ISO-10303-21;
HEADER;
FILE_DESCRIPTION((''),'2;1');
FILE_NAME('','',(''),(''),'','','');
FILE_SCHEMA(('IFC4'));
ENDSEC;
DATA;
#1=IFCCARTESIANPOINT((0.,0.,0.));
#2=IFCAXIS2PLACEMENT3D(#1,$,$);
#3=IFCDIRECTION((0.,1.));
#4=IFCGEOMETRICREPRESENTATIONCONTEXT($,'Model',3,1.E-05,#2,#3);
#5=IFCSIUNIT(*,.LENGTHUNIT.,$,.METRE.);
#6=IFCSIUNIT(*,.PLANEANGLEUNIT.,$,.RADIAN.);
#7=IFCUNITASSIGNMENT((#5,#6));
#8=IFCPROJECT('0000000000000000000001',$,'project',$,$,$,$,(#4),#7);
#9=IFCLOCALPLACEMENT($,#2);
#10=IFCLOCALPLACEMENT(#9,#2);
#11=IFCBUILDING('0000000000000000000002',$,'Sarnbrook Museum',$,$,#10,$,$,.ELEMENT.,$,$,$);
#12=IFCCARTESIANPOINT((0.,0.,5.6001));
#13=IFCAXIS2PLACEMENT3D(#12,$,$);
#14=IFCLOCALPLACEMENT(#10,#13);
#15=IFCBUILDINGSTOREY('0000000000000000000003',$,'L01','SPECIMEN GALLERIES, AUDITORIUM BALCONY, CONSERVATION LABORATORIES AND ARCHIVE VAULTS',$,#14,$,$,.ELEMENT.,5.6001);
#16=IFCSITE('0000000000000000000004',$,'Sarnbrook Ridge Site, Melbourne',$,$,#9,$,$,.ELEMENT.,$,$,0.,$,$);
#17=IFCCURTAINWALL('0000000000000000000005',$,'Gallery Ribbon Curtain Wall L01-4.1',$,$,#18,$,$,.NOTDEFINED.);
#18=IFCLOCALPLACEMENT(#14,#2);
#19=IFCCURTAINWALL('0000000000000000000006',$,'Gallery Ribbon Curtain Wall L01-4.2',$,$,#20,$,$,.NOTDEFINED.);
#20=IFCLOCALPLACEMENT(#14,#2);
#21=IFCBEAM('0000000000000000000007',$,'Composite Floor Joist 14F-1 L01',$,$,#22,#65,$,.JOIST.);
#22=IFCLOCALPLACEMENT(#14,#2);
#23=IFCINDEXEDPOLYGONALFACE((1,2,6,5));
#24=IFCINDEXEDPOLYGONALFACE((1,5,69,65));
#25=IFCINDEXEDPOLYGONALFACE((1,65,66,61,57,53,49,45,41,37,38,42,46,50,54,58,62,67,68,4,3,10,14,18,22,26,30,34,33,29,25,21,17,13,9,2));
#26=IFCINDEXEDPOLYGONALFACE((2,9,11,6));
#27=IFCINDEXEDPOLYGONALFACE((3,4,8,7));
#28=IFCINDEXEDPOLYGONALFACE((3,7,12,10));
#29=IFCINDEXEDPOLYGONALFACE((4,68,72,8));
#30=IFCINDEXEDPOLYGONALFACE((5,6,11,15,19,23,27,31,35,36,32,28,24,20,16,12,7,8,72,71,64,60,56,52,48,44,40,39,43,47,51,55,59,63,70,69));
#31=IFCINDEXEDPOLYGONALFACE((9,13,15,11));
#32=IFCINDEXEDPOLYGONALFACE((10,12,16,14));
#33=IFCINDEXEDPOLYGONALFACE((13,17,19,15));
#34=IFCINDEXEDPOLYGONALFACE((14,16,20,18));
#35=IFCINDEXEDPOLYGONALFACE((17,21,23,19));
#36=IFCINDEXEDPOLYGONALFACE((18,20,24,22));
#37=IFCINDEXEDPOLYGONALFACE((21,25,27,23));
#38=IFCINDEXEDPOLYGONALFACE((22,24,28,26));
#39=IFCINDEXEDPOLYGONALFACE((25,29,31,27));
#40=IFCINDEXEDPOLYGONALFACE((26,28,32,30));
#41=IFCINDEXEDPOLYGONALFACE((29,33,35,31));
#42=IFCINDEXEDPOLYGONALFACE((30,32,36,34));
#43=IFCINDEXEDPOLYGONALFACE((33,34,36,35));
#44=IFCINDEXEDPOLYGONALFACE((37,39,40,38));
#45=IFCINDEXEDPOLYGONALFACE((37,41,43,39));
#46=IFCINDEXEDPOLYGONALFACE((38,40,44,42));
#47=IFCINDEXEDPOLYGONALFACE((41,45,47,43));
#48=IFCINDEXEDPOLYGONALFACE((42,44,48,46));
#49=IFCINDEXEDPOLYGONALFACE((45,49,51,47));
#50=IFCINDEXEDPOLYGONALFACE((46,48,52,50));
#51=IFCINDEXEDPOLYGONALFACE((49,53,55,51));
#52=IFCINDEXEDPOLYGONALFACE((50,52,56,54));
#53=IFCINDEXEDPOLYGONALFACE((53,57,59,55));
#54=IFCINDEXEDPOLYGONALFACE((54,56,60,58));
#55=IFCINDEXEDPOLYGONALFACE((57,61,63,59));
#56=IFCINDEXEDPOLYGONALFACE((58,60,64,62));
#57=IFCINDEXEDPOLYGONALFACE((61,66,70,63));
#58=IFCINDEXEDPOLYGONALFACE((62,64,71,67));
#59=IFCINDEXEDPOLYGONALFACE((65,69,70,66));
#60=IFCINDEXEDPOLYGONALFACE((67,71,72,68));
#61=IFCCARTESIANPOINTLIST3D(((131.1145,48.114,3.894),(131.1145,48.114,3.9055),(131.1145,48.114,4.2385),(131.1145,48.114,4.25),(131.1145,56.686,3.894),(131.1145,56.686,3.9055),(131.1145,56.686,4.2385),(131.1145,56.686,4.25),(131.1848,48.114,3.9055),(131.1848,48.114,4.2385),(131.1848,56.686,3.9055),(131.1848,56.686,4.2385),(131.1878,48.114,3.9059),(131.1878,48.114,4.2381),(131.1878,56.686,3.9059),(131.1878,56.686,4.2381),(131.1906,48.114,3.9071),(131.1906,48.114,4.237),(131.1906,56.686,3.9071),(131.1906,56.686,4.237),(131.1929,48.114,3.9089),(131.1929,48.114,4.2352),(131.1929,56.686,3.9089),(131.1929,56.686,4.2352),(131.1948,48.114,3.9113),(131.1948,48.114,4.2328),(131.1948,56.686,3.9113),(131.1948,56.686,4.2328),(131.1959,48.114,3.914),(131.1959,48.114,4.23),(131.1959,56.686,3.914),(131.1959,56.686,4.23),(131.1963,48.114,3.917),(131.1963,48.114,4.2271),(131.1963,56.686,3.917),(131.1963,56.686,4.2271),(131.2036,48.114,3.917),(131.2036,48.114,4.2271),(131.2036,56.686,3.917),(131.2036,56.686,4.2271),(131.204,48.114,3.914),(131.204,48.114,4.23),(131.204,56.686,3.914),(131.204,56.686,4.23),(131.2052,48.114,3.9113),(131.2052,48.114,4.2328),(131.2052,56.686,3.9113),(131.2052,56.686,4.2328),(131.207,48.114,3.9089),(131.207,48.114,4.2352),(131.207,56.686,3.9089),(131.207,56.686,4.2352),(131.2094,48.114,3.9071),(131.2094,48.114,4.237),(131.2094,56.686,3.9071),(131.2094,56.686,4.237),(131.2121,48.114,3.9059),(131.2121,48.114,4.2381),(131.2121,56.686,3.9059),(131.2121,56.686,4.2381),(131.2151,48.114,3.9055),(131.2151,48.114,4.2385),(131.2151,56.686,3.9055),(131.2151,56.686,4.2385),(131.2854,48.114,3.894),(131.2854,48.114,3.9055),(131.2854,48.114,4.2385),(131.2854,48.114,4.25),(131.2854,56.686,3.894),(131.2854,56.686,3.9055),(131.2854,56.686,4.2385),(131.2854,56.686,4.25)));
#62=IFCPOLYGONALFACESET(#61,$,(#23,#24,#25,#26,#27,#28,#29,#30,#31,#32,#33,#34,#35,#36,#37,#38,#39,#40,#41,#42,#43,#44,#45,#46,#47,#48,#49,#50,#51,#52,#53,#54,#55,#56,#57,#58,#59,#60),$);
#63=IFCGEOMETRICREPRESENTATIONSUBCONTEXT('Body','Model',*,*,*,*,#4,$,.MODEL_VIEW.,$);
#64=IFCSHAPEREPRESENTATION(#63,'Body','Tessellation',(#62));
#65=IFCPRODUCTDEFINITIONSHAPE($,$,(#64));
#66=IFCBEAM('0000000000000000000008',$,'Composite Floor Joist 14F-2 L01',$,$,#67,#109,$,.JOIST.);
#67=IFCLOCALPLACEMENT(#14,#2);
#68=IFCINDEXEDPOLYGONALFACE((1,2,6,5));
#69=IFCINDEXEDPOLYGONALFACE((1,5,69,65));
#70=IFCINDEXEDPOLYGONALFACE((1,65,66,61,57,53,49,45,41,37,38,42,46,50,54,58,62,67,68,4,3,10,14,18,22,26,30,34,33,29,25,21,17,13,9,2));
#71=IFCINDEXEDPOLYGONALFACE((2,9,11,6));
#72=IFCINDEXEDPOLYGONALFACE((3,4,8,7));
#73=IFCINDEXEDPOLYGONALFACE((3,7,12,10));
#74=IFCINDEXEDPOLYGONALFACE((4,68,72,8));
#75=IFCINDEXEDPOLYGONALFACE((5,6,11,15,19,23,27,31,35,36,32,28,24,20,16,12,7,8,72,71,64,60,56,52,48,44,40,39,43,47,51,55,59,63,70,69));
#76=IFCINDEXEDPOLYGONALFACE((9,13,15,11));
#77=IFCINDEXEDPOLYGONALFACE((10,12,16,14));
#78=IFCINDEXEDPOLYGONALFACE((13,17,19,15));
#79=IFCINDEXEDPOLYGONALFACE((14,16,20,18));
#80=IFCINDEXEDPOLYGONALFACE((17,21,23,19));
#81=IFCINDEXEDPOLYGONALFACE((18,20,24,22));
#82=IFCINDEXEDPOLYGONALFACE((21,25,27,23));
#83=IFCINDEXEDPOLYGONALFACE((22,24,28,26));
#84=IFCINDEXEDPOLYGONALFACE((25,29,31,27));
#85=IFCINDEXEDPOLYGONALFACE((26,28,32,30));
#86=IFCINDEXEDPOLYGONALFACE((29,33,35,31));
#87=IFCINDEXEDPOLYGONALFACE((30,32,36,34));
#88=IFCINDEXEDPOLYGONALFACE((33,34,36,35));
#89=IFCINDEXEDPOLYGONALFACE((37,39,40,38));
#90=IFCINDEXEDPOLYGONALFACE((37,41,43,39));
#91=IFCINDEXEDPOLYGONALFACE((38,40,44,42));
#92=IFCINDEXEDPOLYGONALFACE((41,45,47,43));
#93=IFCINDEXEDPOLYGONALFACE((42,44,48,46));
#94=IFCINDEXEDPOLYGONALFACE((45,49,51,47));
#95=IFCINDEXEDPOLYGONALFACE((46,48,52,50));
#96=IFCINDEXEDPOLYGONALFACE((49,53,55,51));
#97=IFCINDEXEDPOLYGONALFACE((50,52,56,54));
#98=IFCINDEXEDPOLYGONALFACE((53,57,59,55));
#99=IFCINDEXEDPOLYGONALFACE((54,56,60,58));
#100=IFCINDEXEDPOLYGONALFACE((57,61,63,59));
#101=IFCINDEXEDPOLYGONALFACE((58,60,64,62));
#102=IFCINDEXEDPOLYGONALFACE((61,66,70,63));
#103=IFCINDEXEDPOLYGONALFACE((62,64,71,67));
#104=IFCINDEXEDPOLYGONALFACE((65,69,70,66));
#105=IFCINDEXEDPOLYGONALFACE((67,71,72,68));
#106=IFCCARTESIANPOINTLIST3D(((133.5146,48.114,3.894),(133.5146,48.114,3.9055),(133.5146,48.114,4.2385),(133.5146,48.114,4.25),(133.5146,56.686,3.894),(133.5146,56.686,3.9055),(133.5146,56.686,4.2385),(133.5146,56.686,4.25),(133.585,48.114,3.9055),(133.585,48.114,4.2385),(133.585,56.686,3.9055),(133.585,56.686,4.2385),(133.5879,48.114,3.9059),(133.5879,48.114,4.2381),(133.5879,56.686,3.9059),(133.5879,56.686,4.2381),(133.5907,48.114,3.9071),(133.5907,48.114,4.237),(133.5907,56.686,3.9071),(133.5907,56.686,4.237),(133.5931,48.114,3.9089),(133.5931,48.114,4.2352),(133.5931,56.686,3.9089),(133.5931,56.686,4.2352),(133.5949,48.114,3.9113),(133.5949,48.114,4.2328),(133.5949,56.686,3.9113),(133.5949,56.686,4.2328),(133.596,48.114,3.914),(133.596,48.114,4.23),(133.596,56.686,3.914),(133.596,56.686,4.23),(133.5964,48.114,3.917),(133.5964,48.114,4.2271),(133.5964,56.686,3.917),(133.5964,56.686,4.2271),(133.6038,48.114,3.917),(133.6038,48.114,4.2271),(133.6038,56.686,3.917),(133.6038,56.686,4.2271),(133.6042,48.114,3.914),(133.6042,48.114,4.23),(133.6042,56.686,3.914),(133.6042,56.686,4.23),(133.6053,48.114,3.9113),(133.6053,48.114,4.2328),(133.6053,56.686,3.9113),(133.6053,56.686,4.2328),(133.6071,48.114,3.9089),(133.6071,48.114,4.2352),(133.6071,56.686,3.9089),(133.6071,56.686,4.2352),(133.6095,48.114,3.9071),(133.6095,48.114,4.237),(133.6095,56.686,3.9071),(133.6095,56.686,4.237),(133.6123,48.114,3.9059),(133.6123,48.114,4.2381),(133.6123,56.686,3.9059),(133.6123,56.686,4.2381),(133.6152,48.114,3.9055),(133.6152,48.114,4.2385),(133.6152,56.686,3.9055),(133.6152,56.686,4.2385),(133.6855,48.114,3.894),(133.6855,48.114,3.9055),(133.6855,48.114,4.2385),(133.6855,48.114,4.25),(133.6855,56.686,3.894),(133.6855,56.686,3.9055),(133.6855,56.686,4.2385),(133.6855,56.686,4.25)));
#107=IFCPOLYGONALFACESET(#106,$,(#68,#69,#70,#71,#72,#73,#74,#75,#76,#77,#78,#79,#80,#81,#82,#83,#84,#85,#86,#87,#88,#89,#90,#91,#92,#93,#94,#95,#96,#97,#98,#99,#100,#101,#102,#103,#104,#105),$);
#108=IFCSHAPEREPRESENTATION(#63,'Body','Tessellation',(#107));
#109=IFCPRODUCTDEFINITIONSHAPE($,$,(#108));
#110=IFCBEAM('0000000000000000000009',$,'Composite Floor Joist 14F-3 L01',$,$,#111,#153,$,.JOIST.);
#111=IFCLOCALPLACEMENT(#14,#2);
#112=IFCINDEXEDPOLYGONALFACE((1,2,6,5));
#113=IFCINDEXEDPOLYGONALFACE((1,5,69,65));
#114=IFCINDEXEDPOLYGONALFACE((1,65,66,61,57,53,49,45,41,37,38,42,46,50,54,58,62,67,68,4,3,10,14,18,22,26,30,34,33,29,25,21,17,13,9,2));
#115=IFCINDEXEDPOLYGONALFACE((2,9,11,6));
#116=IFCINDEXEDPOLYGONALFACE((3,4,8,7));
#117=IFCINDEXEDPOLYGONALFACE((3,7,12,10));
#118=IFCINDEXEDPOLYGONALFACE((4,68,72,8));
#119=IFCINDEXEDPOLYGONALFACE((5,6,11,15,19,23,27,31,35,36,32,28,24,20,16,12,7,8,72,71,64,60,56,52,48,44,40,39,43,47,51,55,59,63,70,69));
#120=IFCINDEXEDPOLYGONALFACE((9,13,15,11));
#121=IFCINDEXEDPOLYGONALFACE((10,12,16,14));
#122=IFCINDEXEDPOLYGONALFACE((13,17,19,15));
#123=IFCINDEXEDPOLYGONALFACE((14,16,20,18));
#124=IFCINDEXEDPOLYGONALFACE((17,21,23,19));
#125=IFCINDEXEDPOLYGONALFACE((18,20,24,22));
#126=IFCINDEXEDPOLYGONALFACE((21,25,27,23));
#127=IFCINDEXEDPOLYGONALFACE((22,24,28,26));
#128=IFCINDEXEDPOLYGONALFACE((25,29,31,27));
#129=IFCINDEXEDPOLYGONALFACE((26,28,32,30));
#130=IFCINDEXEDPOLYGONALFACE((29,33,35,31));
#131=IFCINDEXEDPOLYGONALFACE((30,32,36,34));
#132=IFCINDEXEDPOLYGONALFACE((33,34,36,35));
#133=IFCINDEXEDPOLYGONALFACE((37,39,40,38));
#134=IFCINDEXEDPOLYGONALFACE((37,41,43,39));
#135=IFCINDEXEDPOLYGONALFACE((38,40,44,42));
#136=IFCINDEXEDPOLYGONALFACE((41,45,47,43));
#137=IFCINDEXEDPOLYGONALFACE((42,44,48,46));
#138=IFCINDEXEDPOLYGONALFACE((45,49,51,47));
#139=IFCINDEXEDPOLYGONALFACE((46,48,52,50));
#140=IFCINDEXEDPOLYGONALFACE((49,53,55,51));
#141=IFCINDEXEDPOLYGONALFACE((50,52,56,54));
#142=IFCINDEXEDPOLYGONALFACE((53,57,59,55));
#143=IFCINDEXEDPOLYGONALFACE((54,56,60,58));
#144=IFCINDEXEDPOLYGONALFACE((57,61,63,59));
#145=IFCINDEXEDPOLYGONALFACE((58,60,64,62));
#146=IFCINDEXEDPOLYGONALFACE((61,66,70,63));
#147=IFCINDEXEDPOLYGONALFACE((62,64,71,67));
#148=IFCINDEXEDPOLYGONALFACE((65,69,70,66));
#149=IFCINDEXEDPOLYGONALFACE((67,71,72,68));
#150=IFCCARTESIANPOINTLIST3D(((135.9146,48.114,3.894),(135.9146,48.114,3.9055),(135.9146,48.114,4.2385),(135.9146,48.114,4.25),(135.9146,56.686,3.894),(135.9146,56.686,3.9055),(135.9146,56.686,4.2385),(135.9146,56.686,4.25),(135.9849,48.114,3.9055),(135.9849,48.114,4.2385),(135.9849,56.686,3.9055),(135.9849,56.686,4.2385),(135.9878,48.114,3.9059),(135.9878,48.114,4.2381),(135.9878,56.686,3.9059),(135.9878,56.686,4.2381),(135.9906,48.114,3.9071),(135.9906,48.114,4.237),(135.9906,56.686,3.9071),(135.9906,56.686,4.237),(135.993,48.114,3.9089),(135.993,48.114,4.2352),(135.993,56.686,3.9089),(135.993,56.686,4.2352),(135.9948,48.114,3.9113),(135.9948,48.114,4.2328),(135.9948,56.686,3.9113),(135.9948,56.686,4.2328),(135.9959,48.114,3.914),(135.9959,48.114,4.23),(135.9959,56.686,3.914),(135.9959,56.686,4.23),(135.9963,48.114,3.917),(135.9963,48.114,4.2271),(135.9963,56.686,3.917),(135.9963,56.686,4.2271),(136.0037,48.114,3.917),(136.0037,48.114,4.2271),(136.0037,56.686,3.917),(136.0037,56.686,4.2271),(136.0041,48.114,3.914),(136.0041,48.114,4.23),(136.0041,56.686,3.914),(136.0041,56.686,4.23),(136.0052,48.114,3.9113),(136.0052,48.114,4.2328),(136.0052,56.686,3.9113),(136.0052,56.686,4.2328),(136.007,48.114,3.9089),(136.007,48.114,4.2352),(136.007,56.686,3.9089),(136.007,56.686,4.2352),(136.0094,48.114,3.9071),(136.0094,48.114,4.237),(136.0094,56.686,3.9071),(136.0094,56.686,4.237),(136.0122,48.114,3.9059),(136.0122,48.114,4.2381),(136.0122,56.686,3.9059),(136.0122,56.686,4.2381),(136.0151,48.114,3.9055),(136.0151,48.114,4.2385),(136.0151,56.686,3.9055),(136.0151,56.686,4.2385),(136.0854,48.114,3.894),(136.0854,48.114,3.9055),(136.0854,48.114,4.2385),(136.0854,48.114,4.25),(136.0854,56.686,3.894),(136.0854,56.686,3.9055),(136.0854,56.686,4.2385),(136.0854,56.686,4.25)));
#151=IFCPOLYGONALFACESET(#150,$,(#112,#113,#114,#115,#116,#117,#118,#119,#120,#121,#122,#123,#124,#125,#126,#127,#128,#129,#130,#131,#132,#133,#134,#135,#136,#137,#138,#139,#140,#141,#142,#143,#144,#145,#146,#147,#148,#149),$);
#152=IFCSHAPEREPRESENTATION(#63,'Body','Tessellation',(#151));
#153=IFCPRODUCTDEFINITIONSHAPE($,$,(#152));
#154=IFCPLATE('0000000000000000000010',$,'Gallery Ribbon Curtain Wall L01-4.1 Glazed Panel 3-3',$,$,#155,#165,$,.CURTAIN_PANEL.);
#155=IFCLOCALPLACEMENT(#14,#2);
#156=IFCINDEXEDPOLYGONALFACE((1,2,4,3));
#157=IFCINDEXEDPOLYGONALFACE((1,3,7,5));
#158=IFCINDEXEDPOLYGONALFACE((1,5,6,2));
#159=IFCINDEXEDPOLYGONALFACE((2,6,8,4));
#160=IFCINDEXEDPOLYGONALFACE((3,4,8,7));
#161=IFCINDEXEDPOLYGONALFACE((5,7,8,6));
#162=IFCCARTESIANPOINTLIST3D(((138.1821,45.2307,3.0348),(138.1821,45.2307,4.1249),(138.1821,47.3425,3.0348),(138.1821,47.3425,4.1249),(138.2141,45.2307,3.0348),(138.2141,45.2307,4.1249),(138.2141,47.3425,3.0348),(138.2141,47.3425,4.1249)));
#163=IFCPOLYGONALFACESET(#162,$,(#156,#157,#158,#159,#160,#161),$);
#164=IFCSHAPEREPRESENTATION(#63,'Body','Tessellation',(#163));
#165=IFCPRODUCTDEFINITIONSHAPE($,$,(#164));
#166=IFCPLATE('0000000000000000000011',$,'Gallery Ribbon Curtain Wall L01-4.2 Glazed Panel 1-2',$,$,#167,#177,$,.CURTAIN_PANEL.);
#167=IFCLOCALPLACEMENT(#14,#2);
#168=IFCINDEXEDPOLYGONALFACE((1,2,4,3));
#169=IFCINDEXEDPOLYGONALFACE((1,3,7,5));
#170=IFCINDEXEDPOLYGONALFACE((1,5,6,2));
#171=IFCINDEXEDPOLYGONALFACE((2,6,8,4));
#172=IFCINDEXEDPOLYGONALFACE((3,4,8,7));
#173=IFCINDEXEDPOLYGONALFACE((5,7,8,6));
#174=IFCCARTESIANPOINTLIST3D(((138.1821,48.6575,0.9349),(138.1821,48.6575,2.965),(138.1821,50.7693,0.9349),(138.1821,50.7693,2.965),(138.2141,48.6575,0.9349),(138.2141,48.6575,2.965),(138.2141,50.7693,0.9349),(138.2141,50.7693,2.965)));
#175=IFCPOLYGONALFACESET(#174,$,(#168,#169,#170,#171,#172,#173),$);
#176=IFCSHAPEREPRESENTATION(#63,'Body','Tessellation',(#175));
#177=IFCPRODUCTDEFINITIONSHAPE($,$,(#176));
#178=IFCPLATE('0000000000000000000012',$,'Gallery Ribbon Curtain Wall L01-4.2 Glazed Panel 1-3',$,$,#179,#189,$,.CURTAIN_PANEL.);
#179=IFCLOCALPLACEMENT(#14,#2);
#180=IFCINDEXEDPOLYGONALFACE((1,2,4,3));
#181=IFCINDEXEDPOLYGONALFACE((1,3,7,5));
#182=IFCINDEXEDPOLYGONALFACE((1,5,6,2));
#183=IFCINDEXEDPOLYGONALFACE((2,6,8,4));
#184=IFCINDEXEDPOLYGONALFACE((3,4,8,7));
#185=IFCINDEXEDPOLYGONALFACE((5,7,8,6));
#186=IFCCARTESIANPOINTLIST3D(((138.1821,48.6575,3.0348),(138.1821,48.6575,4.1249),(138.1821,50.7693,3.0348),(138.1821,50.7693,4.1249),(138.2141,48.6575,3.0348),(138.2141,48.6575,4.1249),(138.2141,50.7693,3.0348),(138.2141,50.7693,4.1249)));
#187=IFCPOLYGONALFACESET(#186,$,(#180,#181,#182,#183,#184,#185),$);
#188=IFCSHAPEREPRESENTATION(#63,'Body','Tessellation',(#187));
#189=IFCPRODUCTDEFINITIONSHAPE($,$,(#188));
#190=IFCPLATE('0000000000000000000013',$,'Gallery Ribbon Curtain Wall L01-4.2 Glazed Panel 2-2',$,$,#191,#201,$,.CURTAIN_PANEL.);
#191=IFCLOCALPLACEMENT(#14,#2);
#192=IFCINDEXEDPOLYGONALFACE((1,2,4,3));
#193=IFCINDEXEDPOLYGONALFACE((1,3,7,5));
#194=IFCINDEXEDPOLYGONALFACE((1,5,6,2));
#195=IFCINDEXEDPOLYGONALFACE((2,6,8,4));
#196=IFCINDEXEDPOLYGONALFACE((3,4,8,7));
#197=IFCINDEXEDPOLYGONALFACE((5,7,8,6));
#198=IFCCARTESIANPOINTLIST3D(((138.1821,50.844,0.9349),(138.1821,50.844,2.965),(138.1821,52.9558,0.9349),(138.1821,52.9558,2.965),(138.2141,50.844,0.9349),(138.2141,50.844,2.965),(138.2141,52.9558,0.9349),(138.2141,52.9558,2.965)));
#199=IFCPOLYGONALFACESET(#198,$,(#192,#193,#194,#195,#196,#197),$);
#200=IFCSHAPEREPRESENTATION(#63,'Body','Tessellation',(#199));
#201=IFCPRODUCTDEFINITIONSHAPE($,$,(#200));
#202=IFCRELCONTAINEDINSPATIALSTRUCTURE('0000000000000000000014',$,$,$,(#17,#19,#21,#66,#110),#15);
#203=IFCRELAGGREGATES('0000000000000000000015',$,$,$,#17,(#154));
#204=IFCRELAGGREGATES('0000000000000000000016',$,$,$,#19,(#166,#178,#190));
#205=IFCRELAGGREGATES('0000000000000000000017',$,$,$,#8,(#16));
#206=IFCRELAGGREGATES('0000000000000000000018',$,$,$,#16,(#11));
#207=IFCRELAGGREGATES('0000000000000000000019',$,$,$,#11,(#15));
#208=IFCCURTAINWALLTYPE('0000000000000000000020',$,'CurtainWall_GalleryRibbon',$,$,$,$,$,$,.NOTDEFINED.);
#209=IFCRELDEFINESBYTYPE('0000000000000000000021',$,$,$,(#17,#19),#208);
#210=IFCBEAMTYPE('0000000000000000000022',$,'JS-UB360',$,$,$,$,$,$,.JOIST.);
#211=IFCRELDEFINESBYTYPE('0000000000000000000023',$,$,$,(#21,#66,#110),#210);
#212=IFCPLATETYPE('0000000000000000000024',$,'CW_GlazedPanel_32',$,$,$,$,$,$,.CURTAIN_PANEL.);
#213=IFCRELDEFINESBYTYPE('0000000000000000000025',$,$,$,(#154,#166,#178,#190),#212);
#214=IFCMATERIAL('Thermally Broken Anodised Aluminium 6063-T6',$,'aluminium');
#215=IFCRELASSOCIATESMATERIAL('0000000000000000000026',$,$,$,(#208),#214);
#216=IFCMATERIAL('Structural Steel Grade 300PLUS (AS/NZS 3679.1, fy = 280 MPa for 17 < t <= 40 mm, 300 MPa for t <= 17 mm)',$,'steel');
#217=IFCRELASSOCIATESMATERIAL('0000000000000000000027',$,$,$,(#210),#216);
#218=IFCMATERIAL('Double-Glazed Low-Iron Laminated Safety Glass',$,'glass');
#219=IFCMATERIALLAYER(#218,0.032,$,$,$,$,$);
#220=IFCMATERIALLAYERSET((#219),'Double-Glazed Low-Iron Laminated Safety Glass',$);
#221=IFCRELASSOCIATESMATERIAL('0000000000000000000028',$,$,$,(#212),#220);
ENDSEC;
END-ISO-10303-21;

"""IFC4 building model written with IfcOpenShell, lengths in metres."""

from ifc_helpers import new_model, si_unit, direction, frame, origin, origin_2d, place, context, subcontext, project, spatial, rectangle, i_section, extrude, material, layer, layer_set, material_profile, profile_set, type_object, element, aggregate, save


model = new_model("IFC4")

# Units and contexts
model_context = context("Model", 3, precision=1e-05, world=origin(), true_north=direction((0.0, 1.0)))
body_context = subcontext(model_context, "Body", "Model", "MODEL_VIEW")
ifc_project = project(units=[si_unit("LENGTHUNIT", "METRE"), si_unit("PLANEANGLEUNIT", "RADIAN")], contexts=[model_context])

# Site, building, storey
site_placement = place(None, origin())
site = spatial("IfcSite", under=ifc_project, at=site_placement, Name="Sarnbrook Ridge Site, Melbourne", CompositionType="ELEMENT", RefElevation=0.0)
building_placement = place(site_placement, origin())
building = spatial("IfcBuilding", under=site, at=building_placement, Name="Sarnbrook Museum", CompositionType="ELEMENT")
storey_placement = place(building_placement, frame((0.0, 0.0, 5.6001)))
storey = spatial("IfcBuildingStorey", under=building, at=storey_placement, Name="L01", Description="SPECIMEN GALLERIES, AUDITORIUM BALCONY, CONSERVATION LABORATORIES AND ARCHIVE VAULTS", CompositionType="ELEMENT", Elevation=5.6001)

# Shared definitions
ifc_material_1 = material(Name="Structural Steel Grade 300PLUS (AS/NZS 3679.1, fy = 280 MPa for 17 < t <= 40 mm, 300 MPa for t <= 17 mm)", Category="steel")

# Curtain wall
ifc_material_2 = material(Name="Thermally Broken Anodised Aluminium 6063-T6", Category="aluminium")
curtain_wall_type = type_object("IfcCurtainWallType", Name="CurtainWall_GalleryRibbon", PredefinedType="NOTDEFINED", material=ifc_material_2)
curtain_wall_1_placement = place(storey_placement, origin())
curtain_wall_1 = element("IfcCurtainWall", 1, at=curtain_wall_1_placement, inside=storey, type_object=curtain_wall_type, Name="Gallery Ribbon Curtain Wall L01-4.1", PredefinedType="NOTDEFINED")

# Curtain wall
curtain_wall_2_placement = place(storey_placement, origin())
curtain_wall_2 = element("IfcCurtainWall", 2, at=curtain_wall_2_placement, inside=storey, type_object=curtain_wall_type, Name="Gallery Ribbon Curtain Wall L01-4.2", PredefinedType="NOTDEFINED")

# Beams
ifc_material_profile_1 = material_profile(ifc_material_1, i_section(OverallWidth=0.1709, OverallDepth=0.356, WebThickness=0.0073, FlangeThickness=0.0115, FilletRadius=0.0115, at=origin_2d()), Name="360UB50.7")
ifc_profile_set_1 = profile_set([ifc_material_profile_1], Name="Structural Steel Grade 300PLUS (AS/NZS 3679.1, fy = 280 MPa for 17 < t <= 40 mm, 300 MPa for t <= 17 mm)")
beam_type_1 = type_object("IfcBeamType", Name="JS-UB360", PredefinedType="JOIST", material=ifc_profile_set_1)
for number, where, z_axis, x_axis, name in (
    (3, (131.2, 48.114, 4.072), (0.0, 1.0, 0.0), (-1.0, 0.0, 0.0), "Composite Floor Joist 14F-1 L01"),
    (4, (133.6001, 48.114, 4.072), (0.0, 1.0, 0.0), (-1.0, 0.0, 0.0), "Composite Floor Joist 14F-2 L01"),
    (5, (136.0, 48.114, 4.072), (0.0, 1.0, 0.0), (-1.0, 0.0, 0.0), "Composite Floor Joist 14F-3 L01"),
):
    element("IfcBeam", number, at=place(storey_placement, frame(where, z_axis=z_axis, x_axis=x_axis)), inside=storey, type_object=beam_type_1, Name=name, PredefinedType="JOIST", context=body_context, shape_type="SweptSolid", body=[
        extrude(i_section(OverallWidth=0.1709, OverallDepth=0.356, WebThickness=0.0073, FlangeThickness=0.0115, FilletRadius=0.0115, at=origin_2d()), origin(), (0.0, 0.0, 1.0), 8.572),
    ])

# Plates
ifc_material_3 = material(Name="Double-Glazed Low-Iron Laminated Safety Glass", Category="glass")
ifc_layer_1 = layer(ifc_material_3, 0.032)
ifc_layer_set_1 = layer_set([ifc_layer_1], Name="Double-Glazed Low-Iron Laminated Safety Glass")
plate_type_1 = type_object("IfcPlateType", Name="CW_GlazedPanel_32", PredefinedType="CURTAIN_PANEL", material=ifc_layer_set_1)
plate_1_placement = place(storey_placement, frame((138.1821, 46.2866, 3.5798), z_axis=(1.0, 0.0, 0.0), x_axis=(0.0, 1.0, 0.0)))
plate_1 = element("IfcPlate", 6, at=plate_1_placement, type_object=plate_type_1, Name="Gallery Ribbon Curtain Wall L01-4.1 Glazed Panel 3-3", PredefinedType="CURTAIN_PANEL", context=body_context, shape_type="SweptSolid", body=[
    extrude(rectangle(XDim=2.1118, YDim=1.0901, at=origin_2d()), origin(), (0.0, 0.0, 1.0), 0.032),
])
aggregate(curtain_wall_1, [plate_1])
plate_2_placement = place(storey_placement, frame((138.1821, 49.7134, 1.95), z_axis=(1.0, 0.0, 0.0), x_axis=(0.0, 1.0, 0.0)))
plate_2 = element("IfcPlate", 7, at=plate_2_placement, type_object=plate_type_1, Name="Gallery Ribbon Curtain Wall L01-4.2 Glazed Panel 1-2", PredefinedType="CURTAIN_PANEL", context=body_context, shape_type="SweptSolid", body=[
    extrude(rectangle(XDim=2.1118, YDim=2.03, at=origin_2d()), origin(), (0.0, 0.0, 1.0), 0.032),
])
plate_3_placement = place(storey_placement, frame((138.1821, 49.7134, 3.5798), z_axis=(1.0, 0.0, 0.0), x_axis=(0.0, 1.0, 0.0)))
plate_3 = element("IfcPlate", 8, at=plate_3_placement, type_object=plate_type_1, Name="Gallery Ribbon Curtain Wall L01-4.2 Glazed Panel 1-3", PredefinedType="CURTAIN_PANEL", context=body_context, shape_type="SweptSolid", body=[
    extrude(rectangle(XDim=2.1118, YDim=1.0901, at=origin_2d()), origin(), (0.0, 0.0, 1.0), 0.032),
])
plate_4_placement = place(storey_placement, frame((138.1821, 51.8999, 1.95), z_axis=(1.0, 0.0, 0.0), x_axis=(0.0, 1.0, 0.0)))
plate_4 = element("IfcPlate", 9, at=plate_4_placement, type_object=plate_type_1, Name="Gallery Ribbon Curtain Wall L01-4.2 Glazed Panel 2-2", PredefinedType="CURTAIN_PANEL", context=body_context, shape_type="SweptSolid", body=[
    extrude(rectangle(XDim=2.1118, YDim=2.03, at=origin_2d()), origin(), (0.0, 0.0, 1.0), 0.032),
])
aggregate(curtain_wall_2, [plate_2, plate_3, plate_4])

save(model, "model.ifc")
